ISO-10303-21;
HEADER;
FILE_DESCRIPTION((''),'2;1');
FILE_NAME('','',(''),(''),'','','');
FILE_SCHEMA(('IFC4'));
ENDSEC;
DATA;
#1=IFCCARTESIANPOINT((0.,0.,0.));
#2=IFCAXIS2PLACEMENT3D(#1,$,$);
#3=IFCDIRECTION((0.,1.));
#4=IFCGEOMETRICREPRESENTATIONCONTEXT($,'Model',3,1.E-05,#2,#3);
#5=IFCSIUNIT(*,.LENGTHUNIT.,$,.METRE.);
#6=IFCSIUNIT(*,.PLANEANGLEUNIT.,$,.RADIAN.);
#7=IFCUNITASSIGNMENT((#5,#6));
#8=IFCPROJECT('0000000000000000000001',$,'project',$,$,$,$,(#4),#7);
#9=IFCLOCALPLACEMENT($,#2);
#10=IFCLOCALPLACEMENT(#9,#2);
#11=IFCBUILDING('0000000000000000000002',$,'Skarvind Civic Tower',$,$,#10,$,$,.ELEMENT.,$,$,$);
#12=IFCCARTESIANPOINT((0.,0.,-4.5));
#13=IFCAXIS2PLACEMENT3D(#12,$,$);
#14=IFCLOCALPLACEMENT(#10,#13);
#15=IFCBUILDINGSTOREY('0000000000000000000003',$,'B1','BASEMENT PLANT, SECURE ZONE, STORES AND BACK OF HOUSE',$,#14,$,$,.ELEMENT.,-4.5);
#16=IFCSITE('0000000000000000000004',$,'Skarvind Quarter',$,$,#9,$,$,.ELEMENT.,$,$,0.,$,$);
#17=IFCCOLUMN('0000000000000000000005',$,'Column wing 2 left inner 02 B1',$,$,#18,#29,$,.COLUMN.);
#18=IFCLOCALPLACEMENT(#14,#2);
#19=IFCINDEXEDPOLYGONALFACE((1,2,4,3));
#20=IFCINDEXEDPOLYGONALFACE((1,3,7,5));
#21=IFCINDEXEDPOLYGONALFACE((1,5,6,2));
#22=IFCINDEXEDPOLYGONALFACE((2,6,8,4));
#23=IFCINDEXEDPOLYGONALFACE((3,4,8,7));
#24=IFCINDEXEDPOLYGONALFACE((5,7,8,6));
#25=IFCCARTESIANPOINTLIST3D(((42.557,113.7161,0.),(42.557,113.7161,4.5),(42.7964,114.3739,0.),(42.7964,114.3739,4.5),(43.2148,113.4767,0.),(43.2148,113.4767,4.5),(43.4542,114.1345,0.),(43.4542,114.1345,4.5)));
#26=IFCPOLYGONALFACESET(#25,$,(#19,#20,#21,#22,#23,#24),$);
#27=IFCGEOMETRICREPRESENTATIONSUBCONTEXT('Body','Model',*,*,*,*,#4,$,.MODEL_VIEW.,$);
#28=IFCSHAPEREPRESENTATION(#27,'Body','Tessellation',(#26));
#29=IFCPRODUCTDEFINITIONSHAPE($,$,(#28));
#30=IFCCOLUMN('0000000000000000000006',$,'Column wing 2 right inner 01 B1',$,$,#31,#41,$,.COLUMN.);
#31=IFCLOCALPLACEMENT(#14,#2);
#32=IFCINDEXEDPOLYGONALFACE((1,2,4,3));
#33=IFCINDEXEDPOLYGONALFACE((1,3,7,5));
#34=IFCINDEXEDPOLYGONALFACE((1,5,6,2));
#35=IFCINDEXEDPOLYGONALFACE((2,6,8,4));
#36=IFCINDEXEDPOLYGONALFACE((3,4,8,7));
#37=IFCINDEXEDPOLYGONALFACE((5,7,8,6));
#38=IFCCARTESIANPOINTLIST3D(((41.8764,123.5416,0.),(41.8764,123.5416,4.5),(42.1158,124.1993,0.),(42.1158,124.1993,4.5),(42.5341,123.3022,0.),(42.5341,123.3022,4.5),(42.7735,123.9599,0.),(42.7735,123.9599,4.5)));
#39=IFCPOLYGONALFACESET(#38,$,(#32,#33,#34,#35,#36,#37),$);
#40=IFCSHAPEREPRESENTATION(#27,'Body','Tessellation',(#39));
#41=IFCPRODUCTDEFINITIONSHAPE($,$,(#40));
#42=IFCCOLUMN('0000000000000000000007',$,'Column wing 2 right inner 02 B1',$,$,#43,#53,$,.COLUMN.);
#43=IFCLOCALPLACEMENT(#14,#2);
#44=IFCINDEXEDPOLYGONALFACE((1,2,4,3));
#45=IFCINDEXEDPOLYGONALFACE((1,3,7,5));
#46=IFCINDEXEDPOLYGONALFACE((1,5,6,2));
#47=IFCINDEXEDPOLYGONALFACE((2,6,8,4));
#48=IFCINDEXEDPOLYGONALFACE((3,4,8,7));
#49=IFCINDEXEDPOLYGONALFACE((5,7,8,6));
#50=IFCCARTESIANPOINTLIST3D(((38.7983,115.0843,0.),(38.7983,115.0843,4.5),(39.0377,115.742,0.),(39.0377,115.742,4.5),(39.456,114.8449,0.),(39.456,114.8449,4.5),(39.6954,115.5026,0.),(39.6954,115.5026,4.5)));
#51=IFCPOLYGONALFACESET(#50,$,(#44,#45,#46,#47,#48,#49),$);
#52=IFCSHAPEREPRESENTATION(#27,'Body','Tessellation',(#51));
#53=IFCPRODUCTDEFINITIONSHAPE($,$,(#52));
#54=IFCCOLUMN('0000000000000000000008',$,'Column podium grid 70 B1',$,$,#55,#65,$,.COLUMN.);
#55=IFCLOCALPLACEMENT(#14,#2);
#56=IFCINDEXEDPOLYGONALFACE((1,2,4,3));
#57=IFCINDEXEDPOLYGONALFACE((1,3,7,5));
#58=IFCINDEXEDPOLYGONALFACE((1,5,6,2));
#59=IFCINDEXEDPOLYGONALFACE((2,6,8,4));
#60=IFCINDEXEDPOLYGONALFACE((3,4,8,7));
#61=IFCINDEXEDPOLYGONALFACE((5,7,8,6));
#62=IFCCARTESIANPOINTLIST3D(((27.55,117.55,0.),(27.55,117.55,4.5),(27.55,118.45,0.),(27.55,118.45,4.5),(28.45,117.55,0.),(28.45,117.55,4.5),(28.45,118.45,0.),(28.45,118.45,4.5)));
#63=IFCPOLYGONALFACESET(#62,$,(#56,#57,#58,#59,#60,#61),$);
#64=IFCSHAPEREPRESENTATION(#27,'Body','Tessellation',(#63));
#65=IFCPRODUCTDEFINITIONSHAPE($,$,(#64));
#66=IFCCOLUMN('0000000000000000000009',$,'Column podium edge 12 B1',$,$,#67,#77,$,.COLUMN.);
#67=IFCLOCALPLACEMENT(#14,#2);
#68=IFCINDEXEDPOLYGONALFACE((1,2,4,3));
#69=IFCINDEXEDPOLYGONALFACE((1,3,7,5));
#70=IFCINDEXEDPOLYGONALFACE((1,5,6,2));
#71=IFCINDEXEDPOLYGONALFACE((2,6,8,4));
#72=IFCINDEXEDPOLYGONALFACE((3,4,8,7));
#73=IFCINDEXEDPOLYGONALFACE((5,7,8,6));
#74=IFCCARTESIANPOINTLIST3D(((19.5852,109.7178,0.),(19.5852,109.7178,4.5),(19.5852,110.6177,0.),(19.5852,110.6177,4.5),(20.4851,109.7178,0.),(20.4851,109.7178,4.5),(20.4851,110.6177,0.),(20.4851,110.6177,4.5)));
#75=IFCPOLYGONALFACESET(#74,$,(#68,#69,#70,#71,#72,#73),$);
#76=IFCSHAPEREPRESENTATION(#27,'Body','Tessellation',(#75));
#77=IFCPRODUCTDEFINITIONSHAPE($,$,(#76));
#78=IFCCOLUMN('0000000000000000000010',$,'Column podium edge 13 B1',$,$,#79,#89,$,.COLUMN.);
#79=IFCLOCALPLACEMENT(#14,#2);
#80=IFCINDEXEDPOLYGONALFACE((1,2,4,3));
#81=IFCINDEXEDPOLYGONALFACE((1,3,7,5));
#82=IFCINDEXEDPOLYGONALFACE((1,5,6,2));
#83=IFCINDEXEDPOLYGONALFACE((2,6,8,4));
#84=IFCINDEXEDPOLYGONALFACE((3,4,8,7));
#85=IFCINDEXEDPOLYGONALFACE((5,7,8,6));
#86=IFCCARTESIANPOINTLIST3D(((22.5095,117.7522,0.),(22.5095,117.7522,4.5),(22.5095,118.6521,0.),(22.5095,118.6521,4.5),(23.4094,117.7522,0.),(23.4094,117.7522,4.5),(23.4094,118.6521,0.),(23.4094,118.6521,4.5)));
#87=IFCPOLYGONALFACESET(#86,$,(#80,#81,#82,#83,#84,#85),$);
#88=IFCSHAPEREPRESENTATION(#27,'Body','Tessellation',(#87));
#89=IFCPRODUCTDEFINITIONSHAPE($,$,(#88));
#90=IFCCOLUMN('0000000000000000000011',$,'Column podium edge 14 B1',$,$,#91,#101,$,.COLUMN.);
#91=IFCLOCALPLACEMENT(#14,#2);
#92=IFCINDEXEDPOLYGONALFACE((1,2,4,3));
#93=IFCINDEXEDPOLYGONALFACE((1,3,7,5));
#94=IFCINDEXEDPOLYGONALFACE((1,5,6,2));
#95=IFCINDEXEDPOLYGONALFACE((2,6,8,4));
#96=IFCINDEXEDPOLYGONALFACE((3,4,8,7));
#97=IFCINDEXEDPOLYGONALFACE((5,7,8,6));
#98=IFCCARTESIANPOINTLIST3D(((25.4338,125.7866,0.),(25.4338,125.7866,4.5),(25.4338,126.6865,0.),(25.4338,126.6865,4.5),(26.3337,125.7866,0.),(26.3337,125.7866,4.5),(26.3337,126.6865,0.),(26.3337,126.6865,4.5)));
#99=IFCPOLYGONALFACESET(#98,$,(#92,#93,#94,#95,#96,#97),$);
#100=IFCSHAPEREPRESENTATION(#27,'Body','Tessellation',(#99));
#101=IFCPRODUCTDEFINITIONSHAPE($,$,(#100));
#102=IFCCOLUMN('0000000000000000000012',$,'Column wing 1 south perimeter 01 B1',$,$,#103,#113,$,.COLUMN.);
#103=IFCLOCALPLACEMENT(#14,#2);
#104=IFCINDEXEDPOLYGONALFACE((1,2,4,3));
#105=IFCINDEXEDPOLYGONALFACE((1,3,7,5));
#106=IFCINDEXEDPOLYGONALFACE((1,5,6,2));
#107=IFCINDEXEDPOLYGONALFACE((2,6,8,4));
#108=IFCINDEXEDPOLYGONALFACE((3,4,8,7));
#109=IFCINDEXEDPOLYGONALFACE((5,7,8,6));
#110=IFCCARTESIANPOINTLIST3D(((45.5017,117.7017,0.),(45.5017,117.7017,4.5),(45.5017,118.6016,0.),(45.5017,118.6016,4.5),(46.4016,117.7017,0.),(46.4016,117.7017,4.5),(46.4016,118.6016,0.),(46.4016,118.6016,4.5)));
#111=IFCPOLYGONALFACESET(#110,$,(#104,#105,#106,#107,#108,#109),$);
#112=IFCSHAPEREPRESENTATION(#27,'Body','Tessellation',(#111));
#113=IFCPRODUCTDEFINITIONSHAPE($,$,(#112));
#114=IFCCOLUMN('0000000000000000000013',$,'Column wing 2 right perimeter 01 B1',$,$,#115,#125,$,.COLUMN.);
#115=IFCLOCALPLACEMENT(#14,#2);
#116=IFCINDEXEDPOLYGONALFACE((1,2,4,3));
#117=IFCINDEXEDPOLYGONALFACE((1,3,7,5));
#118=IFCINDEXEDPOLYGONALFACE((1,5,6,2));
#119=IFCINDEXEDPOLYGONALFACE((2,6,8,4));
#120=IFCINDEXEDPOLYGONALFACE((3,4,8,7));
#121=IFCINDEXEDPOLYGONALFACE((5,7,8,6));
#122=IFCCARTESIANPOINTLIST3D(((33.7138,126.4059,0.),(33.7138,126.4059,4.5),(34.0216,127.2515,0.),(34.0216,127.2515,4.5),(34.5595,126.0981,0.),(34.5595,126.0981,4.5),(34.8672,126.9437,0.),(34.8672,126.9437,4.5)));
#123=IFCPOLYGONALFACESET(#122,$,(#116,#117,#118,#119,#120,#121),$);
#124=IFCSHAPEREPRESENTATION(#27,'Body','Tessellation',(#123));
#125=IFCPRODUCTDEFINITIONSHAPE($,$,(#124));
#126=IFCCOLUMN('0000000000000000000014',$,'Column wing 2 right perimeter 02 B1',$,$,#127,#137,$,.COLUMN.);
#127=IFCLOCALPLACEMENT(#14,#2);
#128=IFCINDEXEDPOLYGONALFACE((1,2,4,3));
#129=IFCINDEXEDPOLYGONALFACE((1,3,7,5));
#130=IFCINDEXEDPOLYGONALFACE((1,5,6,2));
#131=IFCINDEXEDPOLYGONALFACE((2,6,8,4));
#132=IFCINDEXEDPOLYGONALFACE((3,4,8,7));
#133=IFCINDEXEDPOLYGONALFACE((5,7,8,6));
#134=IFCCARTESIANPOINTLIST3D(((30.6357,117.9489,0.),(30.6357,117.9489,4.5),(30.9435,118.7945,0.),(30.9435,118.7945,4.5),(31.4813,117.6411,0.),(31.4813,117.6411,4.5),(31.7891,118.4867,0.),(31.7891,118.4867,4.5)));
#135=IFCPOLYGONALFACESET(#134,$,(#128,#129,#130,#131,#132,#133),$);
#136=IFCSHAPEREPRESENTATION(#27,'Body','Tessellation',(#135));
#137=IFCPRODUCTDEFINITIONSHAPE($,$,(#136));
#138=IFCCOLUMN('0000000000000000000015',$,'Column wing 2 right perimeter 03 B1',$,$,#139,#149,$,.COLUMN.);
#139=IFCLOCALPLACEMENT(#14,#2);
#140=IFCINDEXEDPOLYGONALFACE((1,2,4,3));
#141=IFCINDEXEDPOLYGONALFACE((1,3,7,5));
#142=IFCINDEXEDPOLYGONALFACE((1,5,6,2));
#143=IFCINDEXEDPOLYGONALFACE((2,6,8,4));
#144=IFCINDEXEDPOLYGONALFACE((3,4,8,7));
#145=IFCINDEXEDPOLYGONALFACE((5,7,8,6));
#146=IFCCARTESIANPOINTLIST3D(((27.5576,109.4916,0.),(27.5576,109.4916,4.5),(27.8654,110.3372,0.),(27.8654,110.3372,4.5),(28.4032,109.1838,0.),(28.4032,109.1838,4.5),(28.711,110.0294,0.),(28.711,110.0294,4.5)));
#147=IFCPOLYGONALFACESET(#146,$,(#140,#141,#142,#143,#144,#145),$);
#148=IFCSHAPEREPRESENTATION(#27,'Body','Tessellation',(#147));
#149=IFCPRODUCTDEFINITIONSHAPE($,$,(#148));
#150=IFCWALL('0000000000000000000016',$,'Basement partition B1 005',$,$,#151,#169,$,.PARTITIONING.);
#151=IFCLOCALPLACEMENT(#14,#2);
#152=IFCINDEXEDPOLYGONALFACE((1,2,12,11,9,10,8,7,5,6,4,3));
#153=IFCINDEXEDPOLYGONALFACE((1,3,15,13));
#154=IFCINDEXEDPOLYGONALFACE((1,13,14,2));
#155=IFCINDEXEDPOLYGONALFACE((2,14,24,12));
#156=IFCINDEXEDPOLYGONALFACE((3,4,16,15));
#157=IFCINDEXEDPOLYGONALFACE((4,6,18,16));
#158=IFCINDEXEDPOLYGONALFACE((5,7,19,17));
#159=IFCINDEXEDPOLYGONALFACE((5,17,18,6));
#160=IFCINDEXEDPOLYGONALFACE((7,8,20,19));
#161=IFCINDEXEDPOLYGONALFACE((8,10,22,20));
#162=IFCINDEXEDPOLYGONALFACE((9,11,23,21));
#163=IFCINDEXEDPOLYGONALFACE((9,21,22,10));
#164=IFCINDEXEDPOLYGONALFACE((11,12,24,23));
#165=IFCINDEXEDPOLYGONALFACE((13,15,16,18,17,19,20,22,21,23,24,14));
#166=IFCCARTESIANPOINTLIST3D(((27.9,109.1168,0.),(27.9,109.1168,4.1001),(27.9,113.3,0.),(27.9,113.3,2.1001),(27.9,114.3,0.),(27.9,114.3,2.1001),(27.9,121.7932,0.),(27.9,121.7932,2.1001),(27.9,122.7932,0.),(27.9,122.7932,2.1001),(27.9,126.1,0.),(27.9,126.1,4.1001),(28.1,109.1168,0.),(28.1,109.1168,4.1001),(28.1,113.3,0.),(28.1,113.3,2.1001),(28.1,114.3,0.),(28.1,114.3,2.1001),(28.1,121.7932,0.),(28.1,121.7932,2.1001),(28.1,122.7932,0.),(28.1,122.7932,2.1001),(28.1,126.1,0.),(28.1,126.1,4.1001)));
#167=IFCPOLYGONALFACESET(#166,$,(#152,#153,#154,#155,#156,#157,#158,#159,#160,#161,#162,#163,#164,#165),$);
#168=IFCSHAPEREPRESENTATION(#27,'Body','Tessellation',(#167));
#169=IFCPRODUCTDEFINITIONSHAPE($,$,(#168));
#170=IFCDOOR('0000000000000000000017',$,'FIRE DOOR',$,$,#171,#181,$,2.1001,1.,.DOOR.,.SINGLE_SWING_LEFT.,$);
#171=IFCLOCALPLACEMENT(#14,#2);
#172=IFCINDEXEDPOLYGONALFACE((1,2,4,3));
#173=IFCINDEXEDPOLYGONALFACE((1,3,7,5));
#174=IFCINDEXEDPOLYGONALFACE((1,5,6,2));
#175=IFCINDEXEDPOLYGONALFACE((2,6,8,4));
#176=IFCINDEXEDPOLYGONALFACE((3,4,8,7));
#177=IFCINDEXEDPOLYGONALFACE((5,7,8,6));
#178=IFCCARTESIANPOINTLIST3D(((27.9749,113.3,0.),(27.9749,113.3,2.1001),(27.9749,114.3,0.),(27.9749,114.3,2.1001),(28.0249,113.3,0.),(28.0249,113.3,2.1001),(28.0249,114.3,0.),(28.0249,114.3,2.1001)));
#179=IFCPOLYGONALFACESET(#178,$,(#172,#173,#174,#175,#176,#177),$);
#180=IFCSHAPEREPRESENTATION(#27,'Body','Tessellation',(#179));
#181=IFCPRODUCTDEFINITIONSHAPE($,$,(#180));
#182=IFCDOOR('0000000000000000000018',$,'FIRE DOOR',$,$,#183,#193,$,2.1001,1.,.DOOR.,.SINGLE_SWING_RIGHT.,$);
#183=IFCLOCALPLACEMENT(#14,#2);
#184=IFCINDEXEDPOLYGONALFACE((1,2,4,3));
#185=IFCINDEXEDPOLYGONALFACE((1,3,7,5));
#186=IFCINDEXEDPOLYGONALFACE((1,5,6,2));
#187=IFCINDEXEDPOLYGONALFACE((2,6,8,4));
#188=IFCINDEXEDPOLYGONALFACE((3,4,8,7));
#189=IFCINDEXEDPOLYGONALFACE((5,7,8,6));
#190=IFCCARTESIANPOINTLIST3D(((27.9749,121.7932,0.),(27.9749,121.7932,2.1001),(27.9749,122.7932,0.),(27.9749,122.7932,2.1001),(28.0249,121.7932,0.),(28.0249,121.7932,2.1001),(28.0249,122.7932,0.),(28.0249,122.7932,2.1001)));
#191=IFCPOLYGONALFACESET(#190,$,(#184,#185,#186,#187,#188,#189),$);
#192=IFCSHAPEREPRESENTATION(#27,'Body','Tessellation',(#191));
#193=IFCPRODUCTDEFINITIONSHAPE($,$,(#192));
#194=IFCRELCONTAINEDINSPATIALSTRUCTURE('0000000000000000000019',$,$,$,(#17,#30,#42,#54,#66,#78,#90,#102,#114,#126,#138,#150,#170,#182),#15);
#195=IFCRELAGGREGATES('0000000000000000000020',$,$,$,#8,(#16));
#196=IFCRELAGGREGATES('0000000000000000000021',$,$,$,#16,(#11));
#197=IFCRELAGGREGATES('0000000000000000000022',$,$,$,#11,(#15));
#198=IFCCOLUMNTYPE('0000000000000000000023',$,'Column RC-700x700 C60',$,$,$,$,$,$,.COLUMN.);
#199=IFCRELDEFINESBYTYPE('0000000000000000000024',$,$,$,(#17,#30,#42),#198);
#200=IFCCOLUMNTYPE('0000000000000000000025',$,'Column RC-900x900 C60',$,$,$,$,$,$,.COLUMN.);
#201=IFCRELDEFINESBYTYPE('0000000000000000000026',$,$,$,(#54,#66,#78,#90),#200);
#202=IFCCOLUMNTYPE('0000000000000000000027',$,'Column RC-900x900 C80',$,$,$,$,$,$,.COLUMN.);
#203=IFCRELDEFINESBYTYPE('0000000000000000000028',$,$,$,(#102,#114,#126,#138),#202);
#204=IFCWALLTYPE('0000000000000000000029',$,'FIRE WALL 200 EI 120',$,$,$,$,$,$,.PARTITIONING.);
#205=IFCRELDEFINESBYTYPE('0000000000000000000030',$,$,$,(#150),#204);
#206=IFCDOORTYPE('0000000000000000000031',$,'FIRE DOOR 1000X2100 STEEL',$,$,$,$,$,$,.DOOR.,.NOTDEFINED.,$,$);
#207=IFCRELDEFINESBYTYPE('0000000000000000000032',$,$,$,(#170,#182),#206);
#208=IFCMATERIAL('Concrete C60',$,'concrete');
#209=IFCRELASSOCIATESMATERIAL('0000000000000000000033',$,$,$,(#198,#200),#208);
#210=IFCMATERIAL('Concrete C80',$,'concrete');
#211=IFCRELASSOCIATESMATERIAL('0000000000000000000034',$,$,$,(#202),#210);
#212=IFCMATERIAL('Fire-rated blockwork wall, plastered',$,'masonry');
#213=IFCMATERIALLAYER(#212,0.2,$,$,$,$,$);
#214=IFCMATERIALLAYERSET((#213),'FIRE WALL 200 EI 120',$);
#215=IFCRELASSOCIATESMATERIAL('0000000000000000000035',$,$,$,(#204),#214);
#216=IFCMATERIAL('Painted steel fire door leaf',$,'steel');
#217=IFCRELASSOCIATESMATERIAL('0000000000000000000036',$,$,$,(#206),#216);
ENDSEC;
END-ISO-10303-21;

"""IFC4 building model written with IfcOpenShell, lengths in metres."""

from ifc_helpers import new_model, si_unit, direction, frame, frame_2d, origin, origin_2d, place, context, subcontext, project, spatial, rectangle, extrude, material, layer, layer_set, material_profile, profile_set, type_object, element, fill, save


model = new_model("IFC4")

# Units and contexts
model_context = context("Model", 3, precision=1e-05, world=origin(), true_north=direction((0.0, 1.0)))
body_context = subcontext(model_context, "Body", "Model", "MODEL_VIEW")
ifc_project = project(units=[si_unit("LENGTHUNIT", "METRE"), si_unit("PLANEANGLEUNIT", "RADIAN")], contexts=[model_context])

# Site, building, storey
site_placement = place(None, origin())
site = spatial("IfcSite", under=ifc_project, at=site_placement, Name="Skarvind Quarter", CompositionType="ELEMENT", RefElevation=0.0)
building_placement = place(site_placement, origin())
building = spatial("IfcBuilding", under=site, at=building_placement, Name="Skarvind Civic Tower", CompositionType="ELEMENT")
storey_placement = place(building_placement, frame((0.0, 0.0, -4.5)))
storey = spatial("IfcBuildingStorey", under=building, at=storey_placement, Name="B1", Description="BASEMENT PLANT, SECURE ZONE, STORES AND BACK OF HOUSE", CompositionType="ELEMENT", Elevation=-4.5)

# Columns
ifc_material_1 = material(Name="Concrete C60", Category="concrete")
ifc_material_profile_1 = material_profile(ifc_material_1, rectangle(XDim=0.7, YDim=0.7, at=origin_2d()), Name="RC-700x700")
ifc_profile_set_1 = profile_set([ifc_material_profile_1], Name="Concrete C60")
column_type_1 = type_object("IfcColumnType", Name="Column RC-700x700 C60", PredefinedType="COLUMN", material=ifc_profile_set_1)
for number, where, z_axis, x_axis, name in (
    (1, (43.0056, 113.9253, 0.0), (0.0, 0.0, 1.0), (-0.34202, -0.939693, 0.0), "Column wing 2 left inner 02 B1"),
    (2, (42.325, 123.7507, 0.0), (0.0, 0.0, 1.0), (-0.34202, -0.939693, 0.0), "Column wing 2 right inner 01 B1"),
    (3, (39.2468, 115.2935, 0.0), (0.0, 0.0, 1.0), (-0.34202, -0.939693, 0.0), "Column wing 2 right inner 02 B1"),
):
    element("IfcColumn", number, at=place(storey_placement, frame(where, z_axis=z_axis, x_axis=x_axis)), inside=storey, type_object=column_type_1, Name=name, PredefinedType="COLUMN", context=body_context, shape_type="SweptSolid", body=[
        extrude(rectangle(XDim=0.7, YDim=0.7, at=origin_2d()), origin(), (0.0, 0.0, 1.0), 4.5),
    ])
ifc_material_profile_2 = material_profile(ifc_material_1, rectangle(XDim=0.8999, YDim=0.8999, at=origin_2d()), Name="RC-900x900")
ifc_profile_set_2 = profile_set([ifc_material_profile_2], Name="Concrete C60")
column_type_2 = type_object("IfcColumnType", Name="Column RC-900x900 C60", PredefinedType="COLUMN", material=ifc_profile_set_2)
for number, where, z_axis, x_axis, name in (
    (4, (28.0, 118.0, 0.0), (0.0, 0.0, 1.0), (1.0, 0.0, 0.0), "Column podium grid 70 B1"),
    (5, (20.0352, 110.1677, 0.0), (0.0, 0.0, 1.0), (1.0, 0.0, 0.0), "Column podium edge 12 B1"),
    (6, (22.9595, 118.2021, 0.0), (0.0, 0.0, 1.0), (1.0, 0.0, 0.0), "Column podium edge 13 B1"),
    (7, (25.8838, 126.2366, 0.0), (0.0, 0.0, 1.0), (1.0, 0.0, 0.0), "Column podium edge 14 B1"),
):
    element("IfcColumn", number, at=place(storey_placement, frame(where, z_axis=z_axis, x_axis=x_axis)), inside=storey, type_object=column_type_2, Name=name, PredefinedType="COLUMN", context=body_context, shape_type="SweptSolid", body=[
        extrude(rectangle(XDim=0.8999, YDim=0.8999, at=origin_2d()), origin(), (0.0, 0.0, 1.0), 4.5),
    ])
ifc_material_2 = material(Name="Concrete C80", Category="concrete")
ifc_material_profile_3 = material_profile(ifc_material_2, rectangle(XDim=0.8999, YDim=0.8999, at=origin_2d()), Name="RC-900x900")
ifc_profile_set_3 = profile_set([ifc_material_profile_3], Name="Concrete C80")
column_type_3 = type_object("IfcColumnType", Name="Column RC-900x900 C80", PredefinedType="COLUMN", material=ifc_profile_set_3)
for number, where, z_axis, x_axis, name in (
    (8, (45.9517, 118.1516, 0.0), (0.0, 0.0, 1.0), (1.0, 0.0, 0.0), "Column wing 1 south perimeter 01 B1"),
    (9, (34.2905, 126.6748, 0.0), (0.0, 0.0, 1.0), (-0.34202, -0.939693, 0.0), "Column wing 2 right perimeter 01 B1"),
    (10, (31.2124, 118.2178, 0.0), (0.0, 0.0, 1.0), (-0.34202, -0.939693, 0.0), "Column wing 2 right perimeter 02 B1"),
    (11, (28.1343, 109.7605, 0.0), (0.0, 0.0, 1.0), (-0.34202, -0.939693, 0.0), "Column wing 2 right perimeter 03 B1"),
):
    element("IfcColumn", number, at=place(storey_placement, frame(where, z_axis=z_axis, x_axis=x_axis)), inside=storey, type_object=column_type_3, Name=name, PredefinedType="COLUMN", context=body_context, shape_type="SweptSolid", body=[
        extrude(rectangle(XDim=0.8999, YDim=0.8999, at=origin_2d()), origin(), (0.0, 0.0, 1.0), 4.5),
    ])

# Wall, openings, doors
ifc_material_3 = material(Name="Fire-rated blockwork wall, plastered", Category="masonry")
ifc_layer_1 = layer(ifc_material_3, 0.2)
ifc_layer_set_1 = layer_set([ifc_layer_1], Name="FIRE WALL 200 EI 120")
wall_type_1 = type_object("IfcWallType", Name="FIRE WALL 200 EI 120", PredefinedType="PARTITIONING", material=ifc_layer_set_1)
wall_1_placement = place(storey_placement, frame((28.0, 126.1001, 0.0), z_axis=(0.0, 0.0, 1.0), x_axis=(0.0, -1.0, 0.0)))
wall_1 = element("IfcWall", 12, at=wall_1_placement, inside=storey, type_object=wall_type_1, Name="Basement partition B1 005", PredefinedType="PARTITIONING", context=body_context, shape_type="SweptSolid", body=[
    extrude(rectangle(XDim=16.9832, YDim=0.2, at=frame_2d((8.4917, 0.0))), origin(), (0.0, 0.0, 1.0), 4.1001),
])
opening_1_placement = place(wall_1_placement, frame((11.8, 0.0, 0.0)))
opening_1 = element("IfcOpeningElement", 13, at=opening_1_placement, cuts=wall_1, PredefinedType="OPENING", context=body_context, shape_type="SweptSolid", body=[
    extrude(rectangle(XDim=1.0, YDim=2.1001, at=frame_2d((0.5, 1.05))), frame((0.0, 0.1099, 0.0), z_axis=(0.0, -1.0, 0.0), x_axis=(1.0, 0.0, 0.0)), (0.0, 0.0, 1.0), 0.22),
])
opening_2_placement = place(wall_1_placement, frame((3.3069, 0.0, 0.0)))
opening_2 = element("IfcOpeningElement", 14, at=opening_2_placement, cuts=wall_1, PredefinedType="OPENING", context=body_context, shape_type="SweptSolid", body=[
    extrude(rectangle(XDim=1.0, YDim=2.1001, at=frame_2d((0.5, 1.05))), frame((0.0, 0.1099, 0.0), z_axis=(0.0, -1.0, 0.0), x_axis=(1.0, 0.0, 0.0)), (0.0, 0.0, 1.0), 0.22),
])
ifc_material_4 = material(Name="Painted steel fire door leaf", Category="steel")
door_type = type_object("IfcDoorType", Name="FIRE DOOR 1000X2100 STEEL", OperationType="NOTDEFINED", PredefinedType="DOOR", material=ifc_material_4)
door_1_placement = place(opening_1_placement, origin())
door_1 = element("IfcDoor", 15, at=door_1_placement, inside=storey, type_object=door_type, Name="FIRE DOOR", OperationType="SINGLE_SWING_LEFT", OverallHeight=2.1001, OverallWidth=1.0, PredefinedType="DOOR", context=body_context, shape_type="SweptSolid", body=[
    extrude(rectangle(XDim=1.0, YDim=2.1001, at=frame_2d((0.5, 1.05))), frame((0.0, 0.0249, 0.0), z_axis=(0.0, -1.0, 0.0), x_axis=(1.0, 0.0, 0.0)), (0.0, 0.0, 1.0), 0.05),
])
fill(opening_1, door_1)
door_2_placement = place(opening_2_placement, origin())
door_2 = element("IfcDoor", 16, at=door_2_placement, inside=storey, type_object=door_type, Name="FIRE DOOR", OperationType="SINGLE_SWING_RIGHT", OverallHeight=2.1001, OverallWidth=1.0, PredefinedType="DOOR", context=body_context, shape_type="SweptSolid", body=[
    extrude(rectangle(XDim=1.0, YDim=2.1001, at=frame_2d((0.5, 1.05))), frame((0.0, 0.0249, 0.0), z_axis=(0.0, -1.0, 0.0), x_axis=(1.0, 0.0, 0.0)), (0.0, 0.0, 1.0), 0.05),
])
fill(opening_2, door_2)

save(model, "model.ifc")
